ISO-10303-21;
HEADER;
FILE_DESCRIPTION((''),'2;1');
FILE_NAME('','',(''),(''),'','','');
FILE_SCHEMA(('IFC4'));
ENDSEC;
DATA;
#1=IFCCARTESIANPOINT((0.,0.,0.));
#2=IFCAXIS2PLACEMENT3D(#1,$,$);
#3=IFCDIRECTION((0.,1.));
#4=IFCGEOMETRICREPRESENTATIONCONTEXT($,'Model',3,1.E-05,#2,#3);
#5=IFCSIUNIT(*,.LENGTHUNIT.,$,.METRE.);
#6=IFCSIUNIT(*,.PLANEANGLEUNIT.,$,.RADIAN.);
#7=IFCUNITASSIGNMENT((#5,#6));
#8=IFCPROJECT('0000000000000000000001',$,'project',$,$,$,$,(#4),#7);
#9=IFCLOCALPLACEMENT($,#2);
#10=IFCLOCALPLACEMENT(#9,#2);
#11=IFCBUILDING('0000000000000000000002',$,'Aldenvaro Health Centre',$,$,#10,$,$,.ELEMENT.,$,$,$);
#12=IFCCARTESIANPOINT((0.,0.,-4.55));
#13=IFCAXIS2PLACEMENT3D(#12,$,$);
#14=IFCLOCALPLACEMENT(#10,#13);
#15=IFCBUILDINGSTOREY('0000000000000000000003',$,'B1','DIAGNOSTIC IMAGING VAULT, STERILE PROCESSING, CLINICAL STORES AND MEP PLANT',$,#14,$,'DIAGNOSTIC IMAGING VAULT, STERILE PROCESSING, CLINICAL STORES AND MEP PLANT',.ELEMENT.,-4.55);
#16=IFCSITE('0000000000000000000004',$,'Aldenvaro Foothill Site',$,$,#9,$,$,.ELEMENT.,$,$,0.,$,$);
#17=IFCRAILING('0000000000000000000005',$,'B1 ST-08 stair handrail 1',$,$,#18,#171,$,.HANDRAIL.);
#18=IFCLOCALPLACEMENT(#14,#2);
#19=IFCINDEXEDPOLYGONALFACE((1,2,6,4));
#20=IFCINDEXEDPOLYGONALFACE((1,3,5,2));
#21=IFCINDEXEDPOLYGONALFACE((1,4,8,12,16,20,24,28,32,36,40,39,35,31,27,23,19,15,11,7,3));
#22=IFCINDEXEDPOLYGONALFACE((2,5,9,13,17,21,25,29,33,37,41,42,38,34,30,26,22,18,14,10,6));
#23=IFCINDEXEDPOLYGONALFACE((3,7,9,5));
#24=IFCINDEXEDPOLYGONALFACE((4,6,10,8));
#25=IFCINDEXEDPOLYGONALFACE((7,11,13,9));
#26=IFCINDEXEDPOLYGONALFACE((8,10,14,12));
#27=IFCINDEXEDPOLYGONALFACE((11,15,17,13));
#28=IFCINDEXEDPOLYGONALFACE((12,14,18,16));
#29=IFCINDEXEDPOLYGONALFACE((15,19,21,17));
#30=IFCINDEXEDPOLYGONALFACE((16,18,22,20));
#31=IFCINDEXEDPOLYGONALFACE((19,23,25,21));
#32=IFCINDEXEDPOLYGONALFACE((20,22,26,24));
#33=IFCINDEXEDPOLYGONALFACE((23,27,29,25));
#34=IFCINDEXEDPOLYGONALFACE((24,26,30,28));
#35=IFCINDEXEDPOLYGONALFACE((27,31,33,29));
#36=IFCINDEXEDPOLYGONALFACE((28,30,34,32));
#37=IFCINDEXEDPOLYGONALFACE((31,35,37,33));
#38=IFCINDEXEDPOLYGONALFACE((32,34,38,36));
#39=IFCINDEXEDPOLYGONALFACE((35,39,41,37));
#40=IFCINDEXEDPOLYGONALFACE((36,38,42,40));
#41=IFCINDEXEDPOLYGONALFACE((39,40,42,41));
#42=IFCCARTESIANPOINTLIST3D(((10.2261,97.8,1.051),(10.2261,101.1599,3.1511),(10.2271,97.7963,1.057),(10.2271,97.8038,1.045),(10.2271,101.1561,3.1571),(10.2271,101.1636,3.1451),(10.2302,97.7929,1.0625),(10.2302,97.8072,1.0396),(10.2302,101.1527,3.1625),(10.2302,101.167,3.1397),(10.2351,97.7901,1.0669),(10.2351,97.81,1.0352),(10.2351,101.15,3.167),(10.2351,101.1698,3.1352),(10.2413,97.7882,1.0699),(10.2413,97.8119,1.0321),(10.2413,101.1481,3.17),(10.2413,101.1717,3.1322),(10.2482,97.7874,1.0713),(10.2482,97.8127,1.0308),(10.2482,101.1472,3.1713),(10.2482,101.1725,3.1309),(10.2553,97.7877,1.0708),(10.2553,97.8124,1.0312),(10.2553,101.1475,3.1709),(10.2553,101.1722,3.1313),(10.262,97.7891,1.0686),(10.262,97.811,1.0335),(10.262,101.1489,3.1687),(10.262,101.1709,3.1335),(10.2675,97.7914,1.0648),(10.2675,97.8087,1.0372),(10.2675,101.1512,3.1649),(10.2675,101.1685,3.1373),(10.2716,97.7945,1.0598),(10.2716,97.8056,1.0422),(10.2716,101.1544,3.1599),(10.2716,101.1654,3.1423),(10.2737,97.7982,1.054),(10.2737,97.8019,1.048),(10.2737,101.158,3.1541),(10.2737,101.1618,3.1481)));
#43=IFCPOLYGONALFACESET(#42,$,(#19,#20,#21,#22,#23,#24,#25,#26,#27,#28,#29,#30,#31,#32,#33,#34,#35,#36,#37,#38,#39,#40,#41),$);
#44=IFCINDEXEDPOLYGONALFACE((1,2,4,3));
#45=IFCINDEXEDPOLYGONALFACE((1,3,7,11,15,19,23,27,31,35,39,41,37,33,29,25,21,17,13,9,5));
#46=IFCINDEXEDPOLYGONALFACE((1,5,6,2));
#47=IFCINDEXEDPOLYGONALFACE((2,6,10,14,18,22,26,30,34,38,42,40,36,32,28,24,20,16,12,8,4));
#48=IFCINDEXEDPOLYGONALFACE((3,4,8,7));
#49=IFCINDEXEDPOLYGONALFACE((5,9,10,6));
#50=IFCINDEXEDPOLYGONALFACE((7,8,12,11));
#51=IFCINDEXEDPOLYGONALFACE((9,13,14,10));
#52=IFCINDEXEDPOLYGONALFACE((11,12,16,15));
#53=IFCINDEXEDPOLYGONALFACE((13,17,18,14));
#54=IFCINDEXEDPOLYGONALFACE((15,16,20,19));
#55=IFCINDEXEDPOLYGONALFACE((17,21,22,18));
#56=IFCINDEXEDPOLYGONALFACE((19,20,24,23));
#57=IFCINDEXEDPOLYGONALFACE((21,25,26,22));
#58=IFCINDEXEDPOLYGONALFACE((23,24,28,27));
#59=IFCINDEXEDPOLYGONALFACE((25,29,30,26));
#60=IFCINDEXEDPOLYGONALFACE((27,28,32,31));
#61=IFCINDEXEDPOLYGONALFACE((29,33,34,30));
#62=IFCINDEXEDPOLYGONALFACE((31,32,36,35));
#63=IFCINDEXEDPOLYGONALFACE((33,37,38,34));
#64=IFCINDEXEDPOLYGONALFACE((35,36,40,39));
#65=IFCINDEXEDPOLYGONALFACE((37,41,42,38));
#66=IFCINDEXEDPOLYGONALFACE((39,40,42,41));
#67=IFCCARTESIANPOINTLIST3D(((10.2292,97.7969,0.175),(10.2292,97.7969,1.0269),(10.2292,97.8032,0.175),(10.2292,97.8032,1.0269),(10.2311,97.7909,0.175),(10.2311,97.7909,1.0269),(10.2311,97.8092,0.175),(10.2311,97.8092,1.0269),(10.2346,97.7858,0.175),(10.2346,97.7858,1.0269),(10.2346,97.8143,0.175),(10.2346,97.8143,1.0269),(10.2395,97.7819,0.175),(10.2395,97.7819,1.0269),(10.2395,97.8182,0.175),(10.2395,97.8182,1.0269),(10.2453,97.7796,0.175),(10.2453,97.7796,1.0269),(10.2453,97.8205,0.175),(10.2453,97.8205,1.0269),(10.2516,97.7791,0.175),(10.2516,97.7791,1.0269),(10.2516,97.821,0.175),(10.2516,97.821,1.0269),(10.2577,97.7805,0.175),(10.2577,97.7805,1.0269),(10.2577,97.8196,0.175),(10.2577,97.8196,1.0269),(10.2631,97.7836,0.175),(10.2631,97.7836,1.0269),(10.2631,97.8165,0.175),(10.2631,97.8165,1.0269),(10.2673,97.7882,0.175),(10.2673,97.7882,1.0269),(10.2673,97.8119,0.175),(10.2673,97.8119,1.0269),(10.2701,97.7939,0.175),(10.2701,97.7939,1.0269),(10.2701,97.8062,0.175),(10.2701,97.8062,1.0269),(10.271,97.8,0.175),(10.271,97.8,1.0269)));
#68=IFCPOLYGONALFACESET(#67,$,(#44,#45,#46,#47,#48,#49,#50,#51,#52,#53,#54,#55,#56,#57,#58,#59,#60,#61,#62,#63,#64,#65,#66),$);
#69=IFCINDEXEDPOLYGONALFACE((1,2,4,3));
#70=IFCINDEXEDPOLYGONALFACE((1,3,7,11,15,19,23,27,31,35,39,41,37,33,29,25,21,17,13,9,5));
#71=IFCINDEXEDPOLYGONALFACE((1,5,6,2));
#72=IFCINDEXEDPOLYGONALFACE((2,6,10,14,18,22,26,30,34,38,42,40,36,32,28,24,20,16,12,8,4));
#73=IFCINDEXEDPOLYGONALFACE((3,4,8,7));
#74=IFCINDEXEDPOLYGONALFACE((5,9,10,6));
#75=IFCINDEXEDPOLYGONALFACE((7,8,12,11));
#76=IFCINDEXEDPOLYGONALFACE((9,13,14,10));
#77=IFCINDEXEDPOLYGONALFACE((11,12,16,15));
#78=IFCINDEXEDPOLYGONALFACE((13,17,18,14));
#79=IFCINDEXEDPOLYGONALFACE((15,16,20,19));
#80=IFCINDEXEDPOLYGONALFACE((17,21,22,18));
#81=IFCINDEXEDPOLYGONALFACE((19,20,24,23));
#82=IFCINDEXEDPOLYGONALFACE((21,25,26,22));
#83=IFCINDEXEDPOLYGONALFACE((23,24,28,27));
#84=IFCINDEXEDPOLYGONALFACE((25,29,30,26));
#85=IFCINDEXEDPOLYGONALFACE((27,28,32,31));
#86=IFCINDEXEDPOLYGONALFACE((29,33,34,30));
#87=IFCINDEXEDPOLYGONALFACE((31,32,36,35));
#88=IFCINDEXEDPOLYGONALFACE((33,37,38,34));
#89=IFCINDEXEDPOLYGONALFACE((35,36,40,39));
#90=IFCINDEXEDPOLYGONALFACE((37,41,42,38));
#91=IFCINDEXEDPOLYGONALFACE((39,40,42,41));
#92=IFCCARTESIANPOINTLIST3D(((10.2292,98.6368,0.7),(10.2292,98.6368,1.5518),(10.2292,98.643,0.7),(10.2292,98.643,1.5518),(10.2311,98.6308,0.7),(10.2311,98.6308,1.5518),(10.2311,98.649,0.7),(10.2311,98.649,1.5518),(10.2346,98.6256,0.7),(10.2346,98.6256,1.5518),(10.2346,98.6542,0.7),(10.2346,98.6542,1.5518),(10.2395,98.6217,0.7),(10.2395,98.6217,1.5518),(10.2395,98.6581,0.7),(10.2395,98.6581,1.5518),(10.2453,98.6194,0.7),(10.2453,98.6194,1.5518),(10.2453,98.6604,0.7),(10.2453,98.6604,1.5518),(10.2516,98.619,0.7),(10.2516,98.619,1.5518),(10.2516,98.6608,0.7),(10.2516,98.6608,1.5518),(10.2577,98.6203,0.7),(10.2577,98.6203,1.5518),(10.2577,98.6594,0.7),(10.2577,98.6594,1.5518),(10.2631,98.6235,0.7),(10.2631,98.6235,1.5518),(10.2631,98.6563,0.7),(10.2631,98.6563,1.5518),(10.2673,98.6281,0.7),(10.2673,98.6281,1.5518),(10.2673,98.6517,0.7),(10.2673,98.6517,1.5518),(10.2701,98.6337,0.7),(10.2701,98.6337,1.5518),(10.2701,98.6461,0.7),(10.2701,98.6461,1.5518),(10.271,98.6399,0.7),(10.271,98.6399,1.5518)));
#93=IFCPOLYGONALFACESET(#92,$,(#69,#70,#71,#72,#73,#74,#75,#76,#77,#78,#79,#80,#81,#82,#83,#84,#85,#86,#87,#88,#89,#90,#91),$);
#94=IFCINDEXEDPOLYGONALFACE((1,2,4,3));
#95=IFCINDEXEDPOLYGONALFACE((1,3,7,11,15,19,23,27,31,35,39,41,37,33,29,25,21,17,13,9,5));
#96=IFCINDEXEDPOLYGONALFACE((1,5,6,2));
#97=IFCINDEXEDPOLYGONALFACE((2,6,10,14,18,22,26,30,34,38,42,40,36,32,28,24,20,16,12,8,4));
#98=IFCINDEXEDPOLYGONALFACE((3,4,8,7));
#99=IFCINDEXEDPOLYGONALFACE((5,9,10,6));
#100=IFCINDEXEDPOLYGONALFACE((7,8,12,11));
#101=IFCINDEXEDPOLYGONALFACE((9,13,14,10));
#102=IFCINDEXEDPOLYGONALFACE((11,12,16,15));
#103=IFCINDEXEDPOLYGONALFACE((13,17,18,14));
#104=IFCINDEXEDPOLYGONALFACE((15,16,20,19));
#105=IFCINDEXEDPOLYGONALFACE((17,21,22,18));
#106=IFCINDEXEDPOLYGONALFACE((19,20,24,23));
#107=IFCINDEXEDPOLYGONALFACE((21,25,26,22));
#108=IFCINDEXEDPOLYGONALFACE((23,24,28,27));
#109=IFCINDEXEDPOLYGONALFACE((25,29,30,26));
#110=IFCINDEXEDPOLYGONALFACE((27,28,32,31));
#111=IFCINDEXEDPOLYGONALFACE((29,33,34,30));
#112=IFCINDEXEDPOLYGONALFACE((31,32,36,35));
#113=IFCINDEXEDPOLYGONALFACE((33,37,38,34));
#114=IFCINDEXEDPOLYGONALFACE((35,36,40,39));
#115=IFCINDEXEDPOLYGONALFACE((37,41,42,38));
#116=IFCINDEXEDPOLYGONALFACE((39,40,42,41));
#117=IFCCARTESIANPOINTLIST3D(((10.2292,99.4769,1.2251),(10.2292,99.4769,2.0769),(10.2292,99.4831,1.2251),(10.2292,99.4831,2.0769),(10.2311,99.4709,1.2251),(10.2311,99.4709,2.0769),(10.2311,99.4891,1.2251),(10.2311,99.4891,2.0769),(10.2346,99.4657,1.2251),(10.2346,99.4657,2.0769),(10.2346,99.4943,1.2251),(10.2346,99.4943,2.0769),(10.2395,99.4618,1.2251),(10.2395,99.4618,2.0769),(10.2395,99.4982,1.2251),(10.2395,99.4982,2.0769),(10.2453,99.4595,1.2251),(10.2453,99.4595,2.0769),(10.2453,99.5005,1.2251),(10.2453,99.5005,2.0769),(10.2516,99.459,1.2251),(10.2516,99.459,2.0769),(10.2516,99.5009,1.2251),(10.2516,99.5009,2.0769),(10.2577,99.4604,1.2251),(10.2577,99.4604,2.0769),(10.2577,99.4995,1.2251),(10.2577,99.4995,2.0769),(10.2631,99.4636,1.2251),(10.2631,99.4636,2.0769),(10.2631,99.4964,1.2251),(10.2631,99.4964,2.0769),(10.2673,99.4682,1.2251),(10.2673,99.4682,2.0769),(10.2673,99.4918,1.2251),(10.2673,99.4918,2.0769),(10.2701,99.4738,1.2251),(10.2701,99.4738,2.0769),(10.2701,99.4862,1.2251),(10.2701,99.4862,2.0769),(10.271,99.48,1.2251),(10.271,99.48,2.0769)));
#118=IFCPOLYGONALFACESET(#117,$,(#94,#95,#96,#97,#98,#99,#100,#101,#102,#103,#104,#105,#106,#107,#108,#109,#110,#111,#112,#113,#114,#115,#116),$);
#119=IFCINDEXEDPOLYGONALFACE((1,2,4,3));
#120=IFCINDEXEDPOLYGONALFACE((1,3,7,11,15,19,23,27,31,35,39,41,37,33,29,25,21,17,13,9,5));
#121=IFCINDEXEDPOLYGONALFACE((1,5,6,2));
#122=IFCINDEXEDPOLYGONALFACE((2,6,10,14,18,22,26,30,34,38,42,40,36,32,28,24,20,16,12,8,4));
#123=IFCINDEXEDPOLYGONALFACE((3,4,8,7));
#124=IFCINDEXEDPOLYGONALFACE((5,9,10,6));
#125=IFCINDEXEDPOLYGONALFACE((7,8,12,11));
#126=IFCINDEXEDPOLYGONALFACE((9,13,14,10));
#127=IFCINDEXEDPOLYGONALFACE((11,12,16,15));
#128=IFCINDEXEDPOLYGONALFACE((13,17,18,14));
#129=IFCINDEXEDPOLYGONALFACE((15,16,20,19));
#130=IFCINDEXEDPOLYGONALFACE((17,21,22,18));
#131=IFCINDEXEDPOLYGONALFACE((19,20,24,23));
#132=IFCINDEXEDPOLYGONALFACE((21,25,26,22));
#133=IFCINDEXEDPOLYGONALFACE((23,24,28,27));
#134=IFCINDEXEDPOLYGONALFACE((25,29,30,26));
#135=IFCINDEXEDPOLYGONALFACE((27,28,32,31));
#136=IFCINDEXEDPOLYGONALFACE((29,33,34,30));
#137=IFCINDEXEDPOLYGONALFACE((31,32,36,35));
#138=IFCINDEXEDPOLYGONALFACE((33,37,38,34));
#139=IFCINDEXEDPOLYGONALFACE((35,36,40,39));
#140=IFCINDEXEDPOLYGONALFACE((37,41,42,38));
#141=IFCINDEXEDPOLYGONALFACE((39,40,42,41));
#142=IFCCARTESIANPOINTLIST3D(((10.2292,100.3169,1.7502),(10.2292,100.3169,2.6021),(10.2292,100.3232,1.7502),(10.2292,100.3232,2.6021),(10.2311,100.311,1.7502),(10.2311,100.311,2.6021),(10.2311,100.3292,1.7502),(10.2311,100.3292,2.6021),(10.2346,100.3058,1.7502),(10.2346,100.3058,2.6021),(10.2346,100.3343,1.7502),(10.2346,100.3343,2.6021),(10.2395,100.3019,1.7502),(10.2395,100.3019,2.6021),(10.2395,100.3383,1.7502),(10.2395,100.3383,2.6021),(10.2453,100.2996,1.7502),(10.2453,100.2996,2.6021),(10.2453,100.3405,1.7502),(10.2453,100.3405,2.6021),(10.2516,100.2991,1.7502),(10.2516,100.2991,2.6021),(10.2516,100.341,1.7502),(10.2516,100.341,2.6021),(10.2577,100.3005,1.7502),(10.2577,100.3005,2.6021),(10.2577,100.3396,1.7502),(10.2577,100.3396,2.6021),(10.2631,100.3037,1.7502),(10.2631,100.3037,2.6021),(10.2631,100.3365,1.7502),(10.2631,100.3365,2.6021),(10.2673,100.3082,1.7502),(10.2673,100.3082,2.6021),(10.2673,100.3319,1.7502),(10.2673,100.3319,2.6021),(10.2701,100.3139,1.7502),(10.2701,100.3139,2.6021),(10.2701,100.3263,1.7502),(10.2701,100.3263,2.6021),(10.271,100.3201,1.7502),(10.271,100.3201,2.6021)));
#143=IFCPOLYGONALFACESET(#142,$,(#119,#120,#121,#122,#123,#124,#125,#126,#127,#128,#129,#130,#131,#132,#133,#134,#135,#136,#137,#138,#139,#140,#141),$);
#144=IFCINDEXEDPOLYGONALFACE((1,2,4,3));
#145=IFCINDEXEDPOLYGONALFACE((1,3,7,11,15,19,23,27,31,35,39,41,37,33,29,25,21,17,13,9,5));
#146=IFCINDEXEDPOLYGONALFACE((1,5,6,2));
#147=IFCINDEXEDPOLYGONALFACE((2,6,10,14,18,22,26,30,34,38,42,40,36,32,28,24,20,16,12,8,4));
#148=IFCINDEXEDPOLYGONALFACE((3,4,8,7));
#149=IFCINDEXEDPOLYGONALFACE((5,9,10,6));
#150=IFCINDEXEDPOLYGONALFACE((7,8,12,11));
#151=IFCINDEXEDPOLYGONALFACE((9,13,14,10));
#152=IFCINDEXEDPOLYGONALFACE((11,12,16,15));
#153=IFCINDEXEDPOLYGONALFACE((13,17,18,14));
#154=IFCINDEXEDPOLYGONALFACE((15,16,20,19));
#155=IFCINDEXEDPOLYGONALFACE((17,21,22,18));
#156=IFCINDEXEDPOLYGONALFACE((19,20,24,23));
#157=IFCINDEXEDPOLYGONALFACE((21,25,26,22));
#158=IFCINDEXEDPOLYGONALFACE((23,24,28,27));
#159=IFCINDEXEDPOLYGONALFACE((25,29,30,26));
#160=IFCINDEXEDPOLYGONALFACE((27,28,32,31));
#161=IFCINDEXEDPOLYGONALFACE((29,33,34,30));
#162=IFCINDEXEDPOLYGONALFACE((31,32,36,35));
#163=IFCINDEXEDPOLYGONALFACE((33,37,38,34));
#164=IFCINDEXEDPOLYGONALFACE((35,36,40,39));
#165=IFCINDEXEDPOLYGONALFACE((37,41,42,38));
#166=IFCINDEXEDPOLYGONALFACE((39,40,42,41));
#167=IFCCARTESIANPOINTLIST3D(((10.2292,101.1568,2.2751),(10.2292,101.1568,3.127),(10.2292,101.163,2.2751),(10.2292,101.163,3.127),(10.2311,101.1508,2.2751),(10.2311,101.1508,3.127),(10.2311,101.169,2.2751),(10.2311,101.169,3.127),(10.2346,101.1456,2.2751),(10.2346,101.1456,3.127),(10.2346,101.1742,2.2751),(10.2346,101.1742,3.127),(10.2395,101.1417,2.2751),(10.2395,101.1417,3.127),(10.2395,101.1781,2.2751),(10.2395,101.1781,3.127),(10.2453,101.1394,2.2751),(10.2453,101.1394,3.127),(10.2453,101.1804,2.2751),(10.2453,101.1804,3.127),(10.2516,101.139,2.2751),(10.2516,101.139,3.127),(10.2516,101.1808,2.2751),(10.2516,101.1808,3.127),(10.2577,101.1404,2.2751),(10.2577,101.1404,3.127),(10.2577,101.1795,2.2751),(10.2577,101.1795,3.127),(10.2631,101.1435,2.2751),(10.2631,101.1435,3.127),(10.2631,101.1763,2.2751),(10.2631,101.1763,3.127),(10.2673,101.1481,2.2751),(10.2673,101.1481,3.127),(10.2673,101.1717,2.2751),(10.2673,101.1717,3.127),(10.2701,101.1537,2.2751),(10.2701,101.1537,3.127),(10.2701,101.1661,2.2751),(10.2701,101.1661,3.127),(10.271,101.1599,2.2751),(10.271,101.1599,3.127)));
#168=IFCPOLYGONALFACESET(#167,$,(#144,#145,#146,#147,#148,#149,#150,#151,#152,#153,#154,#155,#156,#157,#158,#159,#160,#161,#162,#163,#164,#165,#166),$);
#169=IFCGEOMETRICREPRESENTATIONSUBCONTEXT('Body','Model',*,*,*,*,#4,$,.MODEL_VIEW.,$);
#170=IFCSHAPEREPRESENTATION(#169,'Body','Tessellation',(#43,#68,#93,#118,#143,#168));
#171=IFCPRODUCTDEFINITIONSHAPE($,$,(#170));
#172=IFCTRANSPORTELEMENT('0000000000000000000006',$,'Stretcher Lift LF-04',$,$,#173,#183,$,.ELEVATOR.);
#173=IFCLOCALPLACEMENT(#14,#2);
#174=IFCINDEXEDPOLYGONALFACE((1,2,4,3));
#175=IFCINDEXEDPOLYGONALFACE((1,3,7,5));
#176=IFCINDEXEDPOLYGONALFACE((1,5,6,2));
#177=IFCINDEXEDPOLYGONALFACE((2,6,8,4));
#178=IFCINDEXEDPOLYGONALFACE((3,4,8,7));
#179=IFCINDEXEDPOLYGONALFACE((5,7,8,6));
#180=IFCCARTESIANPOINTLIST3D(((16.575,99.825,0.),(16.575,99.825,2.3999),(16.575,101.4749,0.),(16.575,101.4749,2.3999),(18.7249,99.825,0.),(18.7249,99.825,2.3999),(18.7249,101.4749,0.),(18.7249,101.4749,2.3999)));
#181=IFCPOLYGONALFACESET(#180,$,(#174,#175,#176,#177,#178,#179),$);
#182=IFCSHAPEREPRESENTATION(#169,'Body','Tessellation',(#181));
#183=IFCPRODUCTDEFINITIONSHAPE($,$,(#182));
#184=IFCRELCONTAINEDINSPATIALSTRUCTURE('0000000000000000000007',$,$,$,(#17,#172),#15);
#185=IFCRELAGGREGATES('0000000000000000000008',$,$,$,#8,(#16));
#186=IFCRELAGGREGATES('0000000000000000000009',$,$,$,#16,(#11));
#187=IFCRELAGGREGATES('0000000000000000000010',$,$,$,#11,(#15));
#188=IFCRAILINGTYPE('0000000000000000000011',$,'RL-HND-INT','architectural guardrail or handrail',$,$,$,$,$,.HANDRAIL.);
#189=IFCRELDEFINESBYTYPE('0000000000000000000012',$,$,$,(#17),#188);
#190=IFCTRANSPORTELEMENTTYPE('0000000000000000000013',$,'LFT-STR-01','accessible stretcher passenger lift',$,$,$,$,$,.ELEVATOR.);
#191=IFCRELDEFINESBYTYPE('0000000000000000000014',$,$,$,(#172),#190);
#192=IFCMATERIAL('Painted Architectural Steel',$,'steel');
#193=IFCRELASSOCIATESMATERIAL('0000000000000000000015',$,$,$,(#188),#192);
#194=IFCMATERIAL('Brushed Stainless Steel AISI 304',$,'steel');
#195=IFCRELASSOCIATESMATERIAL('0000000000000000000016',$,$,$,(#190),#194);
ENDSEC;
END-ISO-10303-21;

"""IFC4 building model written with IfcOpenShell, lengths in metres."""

from ifc_helpers import new_model, si_unit, direction, frame, origin, origin_2d, place, context, subcontext, project, spatial, rectangle, circle, extrude, material, type_object, element, save


model = new_model("IFC4")

# Units and contexts
model_context = context("Model", 3, precision=1e-05, world=origin(), true_north=direction((0.0, 1.0)))
body_context = subcontext(model_context, "Body", "Model", "MODEL_VIEW")
ifc_project = project(units=[si_unit("LENGTHUNIT", "METRE"), si_unit("PLANEANGLEUNIT", "RADIAN")], contexts=[model_context])

# Site, building, storey
site_placement = place(None, origin())
site = spatial("IfcSite", under=ifc_project, at=site_placement, Name="Aldenvaro Foothill Site", CompositionType="ELEMENT", RefElevation=0.0)
building_placement = place(site_placement, origin())
building = spatial("IfcBuilding", under=site, at=building_placement, Name="Aldenvaro Health Centre", CompositionType="ELEMENT")
storey_placement = place(building_placement, frame((0.0, 0.0, -4.55)))
storey = spatial("IfcBuildingStorey", under=building, at=storey_placement, Name="B1", Description="DIAGNOSTIC IMAGING VAULT, STERILE PROCESSING, CLINICAL STORES AND MEP PLANT", LongName="DIAGNOSTIC IMAGING VAULT, STERILE PROCESSING, CLINICAL STORES AND MEP PLANT", CompositionType="ELEMENT", Elevation=-4.55)

# Railing
ifc_material_1 = material(Name="Painted Architectural Steel", Category="steel")
railing_type_1 = type_object("IfcRailingType", Name="RL-HND-INT", Description="architectural guardrail or handrail", PredefinedType="HANDRAIL", material=ifc_material_1)
railing_1_placement = place(storey_placement, frame((10.25, 97.8, 0.175)))
element("IfcRailing", 1, at=railing_1_placement, inside=storey, type_object=railing_type_1, Name="B1 ST-08 stair handrail 1", PredefinedType="HANDRAIL", context=body_context, shape_type="SweptSolid", body=[
    extrude(circle(Radius=0.0239, at=origin_2d()), frame((0.0, 0.0, 0.876), z_axis=(0.0, 0.847978, 0.530032), x_axis=(-1.0, 0.0, 0.0)), (0.0, 0.0, 1.0), 3.9622),
    extrude(circle(Radius=0.021, at=origin_2d()), origin(), (0.0, 0.0, 1.0), 0.8518),
    extrude(circle(Radius=0.021, at=origin_2d()), frame((0.0, 0.8398, 0.5249)), (0.0, 0.0, 1.0), 0.8518),
    extrude(circle(Radius=0.021, at=origin_2d()), frame((0.0, 1.6799, 1.05)), (0.0, 0.0, 1.0), 0.8518),
    extrude(circle(Radius=0.021, at=origin_2d()), frame((0.0, 2.52, 1.5752)), (0.0, 0.0, 1.0), 0.8518),
    extrude(circle(Radius=0.021, at=origin_2d()), frame((0.0, 3.3599, 2.1001)), (0.0, 0.0, 1.0), 0.8518),
])

# Transport element
ifc_material_2 = material(Name="Brushed Stainless Steel AISI 304", Category="steel")
transport_element_type = type_object("IfcTransportElementType", Name="LFT-STR-01", Description="accessible stretcher passenger lift", PredefinedType="ELEVATOR", material=ifc_material_2)
transport_element_placement = place(storey_placement, frame((17.6499, 100.6499, 0.0), z_axis=(0.0, 0.0, 1.0), x_axis=(1.0, 0.0, 0.0)))
element("IfcTransportElement", 2, at=transport_element_placement, inside=storey, type_object=transport_element_type, Name="Stretcher Lift LF-04", PredefinedType="ELEVATOR", context=body_context, shape_type="SweptSolid", body=[
    extrude(rectangle(XDim=2.1499, YDim=1.6499, at=origin_2d()), origin(), (0.0, 0.0, 1.0), 2.3999),
])

save(model, "model.ifc")
